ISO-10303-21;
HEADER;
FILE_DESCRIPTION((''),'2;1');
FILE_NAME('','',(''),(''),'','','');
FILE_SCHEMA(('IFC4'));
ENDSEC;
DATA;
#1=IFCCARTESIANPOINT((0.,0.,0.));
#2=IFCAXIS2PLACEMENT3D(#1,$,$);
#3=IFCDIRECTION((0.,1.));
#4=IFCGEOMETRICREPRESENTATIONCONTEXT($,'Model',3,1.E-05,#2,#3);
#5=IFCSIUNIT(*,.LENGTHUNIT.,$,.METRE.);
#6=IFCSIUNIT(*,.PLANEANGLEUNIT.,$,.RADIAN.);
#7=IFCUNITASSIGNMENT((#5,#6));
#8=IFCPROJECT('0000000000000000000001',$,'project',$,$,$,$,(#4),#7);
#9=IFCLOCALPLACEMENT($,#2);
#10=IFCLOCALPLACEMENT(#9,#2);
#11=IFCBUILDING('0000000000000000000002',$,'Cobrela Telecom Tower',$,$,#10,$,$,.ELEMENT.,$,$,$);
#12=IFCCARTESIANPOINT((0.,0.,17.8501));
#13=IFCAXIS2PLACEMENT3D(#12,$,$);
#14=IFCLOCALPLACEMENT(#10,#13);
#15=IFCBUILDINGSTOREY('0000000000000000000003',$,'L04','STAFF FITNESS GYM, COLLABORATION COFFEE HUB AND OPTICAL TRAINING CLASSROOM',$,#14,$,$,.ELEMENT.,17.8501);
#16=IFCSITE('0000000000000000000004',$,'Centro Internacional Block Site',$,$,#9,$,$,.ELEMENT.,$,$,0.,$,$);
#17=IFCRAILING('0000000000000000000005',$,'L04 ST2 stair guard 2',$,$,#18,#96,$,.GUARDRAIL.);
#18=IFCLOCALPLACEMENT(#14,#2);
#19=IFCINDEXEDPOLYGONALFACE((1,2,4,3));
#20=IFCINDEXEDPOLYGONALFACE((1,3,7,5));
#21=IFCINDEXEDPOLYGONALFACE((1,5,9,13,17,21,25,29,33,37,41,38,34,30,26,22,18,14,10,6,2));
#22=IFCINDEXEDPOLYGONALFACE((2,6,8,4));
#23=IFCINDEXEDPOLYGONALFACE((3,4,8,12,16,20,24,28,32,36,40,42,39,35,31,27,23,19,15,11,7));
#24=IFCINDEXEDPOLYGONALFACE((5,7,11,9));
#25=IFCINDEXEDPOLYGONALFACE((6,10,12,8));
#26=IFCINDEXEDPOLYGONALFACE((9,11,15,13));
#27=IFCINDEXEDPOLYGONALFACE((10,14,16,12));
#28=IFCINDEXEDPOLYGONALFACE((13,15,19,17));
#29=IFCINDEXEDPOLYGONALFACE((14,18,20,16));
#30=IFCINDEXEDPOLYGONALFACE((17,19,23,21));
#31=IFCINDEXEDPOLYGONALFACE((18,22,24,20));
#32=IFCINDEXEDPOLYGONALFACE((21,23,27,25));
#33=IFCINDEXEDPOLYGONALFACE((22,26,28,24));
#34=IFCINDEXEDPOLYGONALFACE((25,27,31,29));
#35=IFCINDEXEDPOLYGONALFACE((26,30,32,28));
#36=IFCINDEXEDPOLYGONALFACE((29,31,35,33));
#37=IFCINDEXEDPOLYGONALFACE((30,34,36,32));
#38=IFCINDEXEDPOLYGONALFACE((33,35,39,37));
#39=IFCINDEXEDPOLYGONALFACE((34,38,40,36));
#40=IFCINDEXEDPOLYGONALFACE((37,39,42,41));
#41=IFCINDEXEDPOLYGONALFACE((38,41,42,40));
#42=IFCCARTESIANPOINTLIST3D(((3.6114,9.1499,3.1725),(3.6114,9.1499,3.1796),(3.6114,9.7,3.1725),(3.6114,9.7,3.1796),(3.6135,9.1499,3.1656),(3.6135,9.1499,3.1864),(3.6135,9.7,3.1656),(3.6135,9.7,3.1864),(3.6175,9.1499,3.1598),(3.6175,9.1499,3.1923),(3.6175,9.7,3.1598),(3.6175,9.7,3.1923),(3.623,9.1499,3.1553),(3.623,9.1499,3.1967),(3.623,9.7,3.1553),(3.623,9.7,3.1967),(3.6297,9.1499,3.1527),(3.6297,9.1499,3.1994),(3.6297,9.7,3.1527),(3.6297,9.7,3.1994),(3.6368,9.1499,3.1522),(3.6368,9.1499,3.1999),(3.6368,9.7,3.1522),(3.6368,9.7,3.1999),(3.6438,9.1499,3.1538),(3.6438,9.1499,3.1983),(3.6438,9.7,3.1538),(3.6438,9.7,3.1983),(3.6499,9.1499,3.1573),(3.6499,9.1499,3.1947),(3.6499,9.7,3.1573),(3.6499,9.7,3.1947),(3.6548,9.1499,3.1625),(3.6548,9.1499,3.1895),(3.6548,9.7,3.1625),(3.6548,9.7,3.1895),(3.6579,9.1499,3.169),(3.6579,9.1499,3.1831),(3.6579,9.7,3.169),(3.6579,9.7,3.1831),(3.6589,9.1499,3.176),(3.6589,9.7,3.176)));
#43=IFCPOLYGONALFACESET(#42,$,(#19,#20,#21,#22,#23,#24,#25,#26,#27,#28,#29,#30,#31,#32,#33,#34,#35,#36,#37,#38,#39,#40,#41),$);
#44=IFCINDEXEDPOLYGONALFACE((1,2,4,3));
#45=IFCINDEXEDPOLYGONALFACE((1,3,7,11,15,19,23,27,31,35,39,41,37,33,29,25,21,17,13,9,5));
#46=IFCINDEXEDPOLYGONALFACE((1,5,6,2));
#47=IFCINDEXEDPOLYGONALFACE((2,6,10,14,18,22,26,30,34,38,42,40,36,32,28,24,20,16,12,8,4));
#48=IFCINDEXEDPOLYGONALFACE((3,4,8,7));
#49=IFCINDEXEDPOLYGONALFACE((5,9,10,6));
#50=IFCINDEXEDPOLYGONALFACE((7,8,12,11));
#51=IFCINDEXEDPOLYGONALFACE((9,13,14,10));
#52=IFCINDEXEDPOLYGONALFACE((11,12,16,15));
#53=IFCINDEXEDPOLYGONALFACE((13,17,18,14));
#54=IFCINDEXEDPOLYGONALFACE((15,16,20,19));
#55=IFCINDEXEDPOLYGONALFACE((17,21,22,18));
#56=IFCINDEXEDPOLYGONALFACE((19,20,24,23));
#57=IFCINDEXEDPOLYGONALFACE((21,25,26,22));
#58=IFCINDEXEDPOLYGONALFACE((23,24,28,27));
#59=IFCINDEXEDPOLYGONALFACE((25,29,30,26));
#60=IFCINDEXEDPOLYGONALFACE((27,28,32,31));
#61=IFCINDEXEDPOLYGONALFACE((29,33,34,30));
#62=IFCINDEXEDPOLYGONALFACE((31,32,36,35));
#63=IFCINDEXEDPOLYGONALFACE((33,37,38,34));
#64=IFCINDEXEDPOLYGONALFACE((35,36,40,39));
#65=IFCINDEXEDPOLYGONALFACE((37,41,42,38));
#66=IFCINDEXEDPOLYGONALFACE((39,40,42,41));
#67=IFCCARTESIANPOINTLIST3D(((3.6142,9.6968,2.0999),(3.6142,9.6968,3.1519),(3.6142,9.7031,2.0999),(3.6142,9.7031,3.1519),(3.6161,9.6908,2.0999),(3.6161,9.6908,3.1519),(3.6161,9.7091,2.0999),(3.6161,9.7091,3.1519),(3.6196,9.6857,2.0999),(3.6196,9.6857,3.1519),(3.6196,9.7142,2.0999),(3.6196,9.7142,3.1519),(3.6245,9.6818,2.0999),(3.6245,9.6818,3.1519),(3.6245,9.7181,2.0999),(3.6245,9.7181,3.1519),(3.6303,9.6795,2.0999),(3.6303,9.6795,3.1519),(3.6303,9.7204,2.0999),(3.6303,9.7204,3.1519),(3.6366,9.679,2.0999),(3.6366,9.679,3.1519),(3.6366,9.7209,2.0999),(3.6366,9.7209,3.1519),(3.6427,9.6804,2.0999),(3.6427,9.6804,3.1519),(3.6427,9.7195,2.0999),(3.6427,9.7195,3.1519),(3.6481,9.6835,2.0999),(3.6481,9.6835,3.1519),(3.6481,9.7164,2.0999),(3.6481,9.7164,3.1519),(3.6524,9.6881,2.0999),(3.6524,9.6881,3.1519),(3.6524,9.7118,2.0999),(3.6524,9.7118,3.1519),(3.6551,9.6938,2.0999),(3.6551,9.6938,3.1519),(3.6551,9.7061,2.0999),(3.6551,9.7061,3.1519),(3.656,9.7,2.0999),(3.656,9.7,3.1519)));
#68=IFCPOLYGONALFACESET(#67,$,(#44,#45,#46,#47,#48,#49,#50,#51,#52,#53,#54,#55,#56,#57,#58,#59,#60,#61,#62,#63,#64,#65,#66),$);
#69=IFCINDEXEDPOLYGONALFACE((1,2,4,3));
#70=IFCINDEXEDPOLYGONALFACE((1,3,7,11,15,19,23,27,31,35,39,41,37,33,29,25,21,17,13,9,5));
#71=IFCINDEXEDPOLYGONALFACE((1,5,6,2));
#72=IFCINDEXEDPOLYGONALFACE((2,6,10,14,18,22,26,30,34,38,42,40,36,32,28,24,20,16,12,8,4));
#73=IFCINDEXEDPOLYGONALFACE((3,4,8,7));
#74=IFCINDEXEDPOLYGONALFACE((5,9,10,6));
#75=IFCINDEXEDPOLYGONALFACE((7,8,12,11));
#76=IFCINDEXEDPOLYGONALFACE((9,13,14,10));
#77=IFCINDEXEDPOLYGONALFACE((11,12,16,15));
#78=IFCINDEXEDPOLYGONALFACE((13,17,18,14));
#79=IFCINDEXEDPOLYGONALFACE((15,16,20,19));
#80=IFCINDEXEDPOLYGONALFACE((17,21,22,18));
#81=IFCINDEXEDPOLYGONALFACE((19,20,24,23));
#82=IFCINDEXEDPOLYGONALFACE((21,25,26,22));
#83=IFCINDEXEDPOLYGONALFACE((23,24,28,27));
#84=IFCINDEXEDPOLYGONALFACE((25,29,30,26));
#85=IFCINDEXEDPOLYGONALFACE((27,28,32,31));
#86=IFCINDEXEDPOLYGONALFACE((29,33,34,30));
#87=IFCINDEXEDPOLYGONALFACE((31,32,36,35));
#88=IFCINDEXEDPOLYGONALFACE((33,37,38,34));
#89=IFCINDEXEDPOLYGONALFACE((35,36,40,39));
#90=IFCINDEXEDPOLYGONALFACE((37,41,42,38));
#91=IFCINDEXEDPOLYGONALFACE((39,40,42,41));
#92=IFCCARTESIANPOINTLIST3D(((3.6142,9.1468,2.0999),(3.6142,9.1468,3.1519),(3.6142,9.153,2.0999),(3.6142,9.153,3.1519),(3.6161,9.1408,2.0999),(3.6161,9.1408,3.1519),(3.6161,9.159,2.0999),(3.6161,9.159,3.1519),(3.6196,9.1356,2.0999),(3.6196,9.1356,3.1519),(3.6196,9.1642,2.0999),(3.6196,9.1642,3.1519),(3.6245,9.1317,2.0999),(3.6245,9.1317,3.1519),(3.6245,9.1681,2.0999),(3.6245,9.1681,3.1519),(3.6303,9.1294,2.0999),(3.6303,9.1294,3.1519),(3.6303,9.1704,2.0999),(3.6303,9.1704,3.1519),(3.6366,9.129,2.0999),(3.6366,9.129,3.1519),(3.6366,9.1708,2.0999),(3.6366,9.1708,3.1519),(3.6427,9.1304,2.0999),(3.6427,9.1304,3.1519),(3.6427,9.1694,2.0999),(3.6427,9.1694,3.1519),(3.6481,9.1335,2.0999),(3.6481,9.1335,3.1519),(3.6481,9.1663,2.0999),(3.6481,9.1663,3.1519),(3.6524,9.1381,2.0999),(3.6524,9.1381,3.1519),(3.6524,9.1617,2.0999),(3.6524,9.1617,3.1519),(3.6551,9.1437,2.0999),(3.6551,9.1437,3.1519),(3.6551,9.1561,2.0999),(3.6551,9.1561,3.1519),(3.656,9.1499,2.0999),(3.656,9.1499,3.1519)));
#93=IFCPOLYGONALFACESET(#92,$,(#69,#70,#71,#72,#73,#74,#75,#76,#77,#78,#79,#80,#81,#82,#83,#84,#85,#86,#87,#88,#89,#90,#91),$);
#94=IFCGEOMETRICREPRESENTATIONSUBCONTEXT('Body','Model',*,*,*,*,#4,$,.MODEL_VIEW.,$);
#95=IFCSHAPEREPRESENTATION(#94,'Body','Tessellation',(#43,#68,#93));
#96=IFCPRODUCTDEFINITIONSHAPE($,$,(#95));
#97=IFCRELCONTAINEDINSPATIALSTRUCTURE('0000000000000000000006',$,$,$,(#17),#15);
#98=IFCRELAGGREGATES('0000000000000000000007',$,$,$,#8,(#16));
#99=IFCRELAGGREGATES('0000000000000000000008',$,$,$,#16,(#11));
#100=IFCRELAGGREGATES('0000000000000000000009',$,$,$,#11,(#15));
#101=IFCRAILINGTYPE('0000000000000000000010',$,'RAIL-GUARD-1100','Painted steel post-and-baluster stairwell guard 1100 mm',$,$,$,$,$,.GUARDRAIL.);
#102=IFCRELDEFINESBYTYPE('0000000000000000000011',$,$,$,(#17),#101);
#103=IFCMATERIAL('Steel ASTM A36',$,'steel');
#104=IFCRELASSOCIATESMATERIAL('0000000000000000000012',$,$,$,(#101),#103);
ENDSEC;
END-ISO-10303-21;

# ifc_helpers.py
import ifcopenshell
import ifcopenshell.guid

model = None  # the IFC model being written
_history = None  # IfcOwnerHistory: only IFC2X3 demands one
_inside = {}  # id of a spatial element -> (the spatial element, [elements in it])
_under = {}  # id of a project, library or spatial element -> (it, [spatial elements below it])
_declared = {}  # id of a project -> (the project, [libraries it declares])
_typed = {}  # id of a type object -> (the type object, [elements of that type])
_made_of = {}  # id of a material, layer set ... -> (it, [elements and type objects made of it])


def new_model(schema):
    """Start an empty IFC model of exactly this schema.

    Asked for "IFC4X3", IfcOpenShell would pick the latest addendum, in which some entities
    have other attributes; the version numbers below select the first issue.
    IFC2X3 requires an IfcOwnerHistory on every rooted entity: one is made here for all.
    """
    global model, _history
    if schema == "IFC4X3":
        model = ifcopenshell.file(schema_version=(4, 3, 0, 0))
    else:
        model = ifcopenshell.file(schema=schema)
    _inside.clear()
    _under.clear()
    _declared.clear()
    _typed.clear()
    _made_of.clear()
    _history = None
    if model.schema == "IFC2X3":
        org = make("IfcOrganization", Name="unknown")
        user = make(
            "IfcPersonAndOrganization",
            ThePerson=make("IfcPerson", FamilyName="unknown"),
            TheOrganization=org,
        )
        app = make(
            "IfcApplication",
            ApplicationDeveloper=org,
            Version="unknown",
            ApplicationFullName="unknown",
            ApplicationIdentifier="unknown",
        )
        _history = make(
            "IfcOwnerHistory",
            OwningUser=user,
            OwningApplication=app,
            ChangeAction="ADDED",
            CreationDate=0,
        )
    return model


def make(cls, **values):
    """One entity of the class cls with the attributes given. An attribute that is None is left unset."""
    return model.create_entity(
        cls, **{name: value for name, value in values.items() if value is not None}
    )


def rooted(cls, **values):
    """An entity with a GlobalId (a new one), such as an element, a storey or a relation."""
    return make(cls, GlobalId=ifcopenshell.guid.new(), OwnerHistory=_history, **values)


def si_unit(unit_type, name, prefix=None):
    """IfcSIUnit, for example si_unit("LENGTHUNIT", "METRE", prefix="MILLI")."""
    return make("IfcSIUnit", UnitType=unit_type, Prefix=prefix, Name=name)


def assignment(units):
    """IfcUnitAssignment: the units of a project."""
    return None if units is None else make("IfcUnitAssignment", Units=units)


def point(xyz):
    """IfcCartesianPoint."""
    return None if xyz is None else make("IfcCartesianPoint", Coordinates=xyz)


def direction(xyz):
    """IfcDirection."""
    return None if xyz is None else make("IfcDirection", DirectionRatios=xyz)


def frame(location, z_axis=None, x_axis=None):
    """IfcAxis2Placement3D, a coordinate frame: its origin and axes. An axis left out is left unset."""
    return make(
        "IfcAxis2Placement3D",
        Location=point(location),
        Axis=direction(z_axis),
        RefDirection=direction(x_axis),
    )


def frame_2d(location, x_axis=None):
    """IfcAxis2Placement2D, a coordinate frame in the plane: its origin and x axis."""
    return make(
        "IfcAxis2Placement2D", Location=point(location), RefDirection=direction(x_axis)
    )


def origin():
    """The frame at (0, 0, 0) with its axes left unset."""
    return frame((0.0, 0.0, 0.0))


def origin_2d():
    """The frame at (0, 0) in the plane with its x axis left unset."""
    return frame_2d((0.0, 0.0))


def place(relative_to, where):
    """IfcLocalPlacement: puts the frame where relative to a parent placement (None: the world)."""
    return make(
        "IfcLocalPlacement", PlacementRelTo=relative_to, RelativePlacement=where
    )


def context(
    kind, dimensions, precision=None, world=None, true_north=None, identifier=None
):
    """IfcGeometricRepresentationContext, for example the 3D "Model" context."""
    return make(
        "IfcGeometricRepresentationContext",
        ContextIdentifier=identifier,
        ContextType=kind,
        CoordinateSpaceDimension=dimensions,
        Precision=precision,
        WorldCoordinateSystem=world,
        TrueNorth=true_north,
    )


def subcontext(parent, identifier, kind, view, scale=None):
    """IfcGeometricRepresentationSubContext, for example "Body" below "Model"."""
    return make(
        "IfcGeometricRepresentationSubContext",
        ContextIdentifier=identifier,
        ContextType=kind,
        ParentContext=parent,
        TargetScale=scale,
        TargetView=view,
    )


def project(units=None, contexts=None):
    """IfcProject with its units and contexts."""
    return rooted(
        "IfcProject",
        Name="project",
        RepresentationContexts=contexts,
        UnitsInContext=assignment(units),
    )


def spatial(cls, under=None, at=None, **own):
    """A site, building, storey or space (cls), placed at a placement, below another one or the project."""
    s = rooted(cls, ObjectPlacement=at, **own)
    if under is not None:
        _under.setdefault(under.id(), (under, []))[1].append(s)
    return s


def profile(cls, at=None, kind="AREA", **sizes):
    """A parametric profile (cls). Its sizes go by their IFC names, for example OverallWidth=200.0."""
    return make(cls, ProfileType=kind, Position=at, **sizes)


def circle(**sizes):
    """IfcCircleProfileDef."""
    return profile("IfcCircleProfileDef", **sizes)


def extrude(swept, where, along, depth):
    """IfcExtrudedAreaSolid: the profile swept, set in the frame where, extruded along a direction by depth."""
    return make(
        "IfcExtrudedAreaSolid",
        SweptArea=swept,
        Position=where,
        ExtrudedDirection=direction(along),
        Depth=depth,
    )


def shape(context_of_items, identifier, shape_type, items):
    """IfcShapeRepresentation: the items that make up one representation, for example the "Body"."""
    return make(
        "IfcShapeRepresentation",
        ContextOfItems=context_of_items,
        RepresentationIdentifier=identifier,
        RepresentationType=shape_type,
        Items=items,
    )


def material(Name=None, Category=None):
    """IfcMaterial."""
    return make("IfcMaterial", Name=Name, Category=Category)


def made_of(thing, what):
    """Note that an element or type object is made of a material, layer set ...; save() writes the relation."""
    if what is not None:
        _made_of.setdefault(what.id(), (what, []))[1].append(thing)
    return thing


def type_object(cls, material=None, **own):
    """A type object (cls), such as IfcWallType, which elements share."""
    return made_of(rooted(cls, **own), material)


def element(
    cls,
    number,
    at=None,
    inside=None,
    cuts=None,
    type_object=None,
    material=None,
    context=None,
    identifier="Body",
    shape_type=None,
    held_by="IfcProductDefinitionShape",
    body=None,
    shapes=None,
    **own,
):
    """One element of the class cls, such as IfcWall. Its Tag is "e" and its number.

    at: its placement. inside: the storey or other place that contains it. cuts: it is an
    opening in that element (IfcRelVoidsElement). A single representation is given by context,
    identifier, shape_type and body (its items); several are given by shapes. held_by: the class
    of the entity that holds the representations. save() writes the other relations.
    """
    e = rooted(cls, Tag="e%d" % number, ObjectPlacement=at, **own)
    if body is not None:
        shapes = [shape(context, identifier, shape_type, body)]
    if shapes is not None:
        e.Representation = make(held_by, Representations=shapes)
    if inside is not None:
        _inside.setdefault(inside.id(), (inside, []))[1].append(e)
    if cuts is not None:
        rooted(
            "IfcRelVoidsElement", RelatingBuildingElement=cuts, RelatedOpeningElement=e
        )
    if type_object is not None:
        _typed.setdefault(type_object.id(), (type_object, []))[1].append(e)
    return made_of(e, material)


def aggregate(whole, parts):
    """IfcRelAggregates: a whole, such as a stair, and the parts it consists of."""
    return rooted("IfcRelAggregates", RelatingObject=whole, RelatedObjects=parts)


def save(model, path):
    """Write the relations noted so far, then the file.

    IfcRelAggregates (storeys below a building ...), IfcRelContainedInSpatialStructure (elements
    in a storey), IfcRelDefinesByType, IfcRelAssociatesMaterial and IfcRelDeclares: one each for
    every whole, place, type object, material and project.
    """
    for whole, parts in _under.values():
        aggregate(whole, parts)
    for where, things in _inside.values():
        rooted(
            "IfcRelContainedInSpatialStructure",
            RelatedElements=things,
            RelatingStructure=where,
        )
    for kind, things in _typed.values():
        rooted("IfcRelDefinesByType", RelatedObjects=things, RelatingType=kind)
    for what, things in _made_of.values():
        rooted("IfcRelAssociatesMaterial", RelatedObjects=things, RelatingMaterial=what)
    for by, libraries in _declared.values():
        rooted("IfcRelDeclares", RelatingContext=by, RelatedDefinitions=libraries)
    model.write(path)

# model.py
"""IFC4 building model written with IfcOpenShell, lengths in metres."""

from ifc_helpers import new_model, si_unit, direction, frame, origin, origin_2d, place, context, subcontext, project, spatial, circle, extrude, material, type_object, element, save


model = new_model("IFC4")

# Units and contexts
model_context = context("Model", 3, precision=1e-05, world=origin(), true_north=direction((0.0, 1.0)))
body_context = subcontext(model_context, "Body", "Model", "MODEL_VIEW")
ifc_project = project(units=[si_unit("LENGTHUNIT", "METRE"), si_unit("PLANEANGLEUNIT", "RADIAN")], contexts=[model_context])

# Site, building, storey
site_placement = place(None, origin())
site = spatial("IfcSite", under=ifc_project, at=site_placement, Name="Centro Internacional Block Site", CompositionType="ELEMENT", RefElevation=0.0)
building_placement = place(site_placement, origin())
building = spatial("IfcBuilding", under=site, at=building_placement, Name="Cobrela Telecom Tower", CompositionType="ELEMENT")
storey_placement = place(building_placement, frame((0.0, 0.0, 17.8501)))
storey = spatial("IfcBuildingStorey", under=building, at=storey_placement, Name="L04", Description="STAFF FITNESS GYM, COLLABORATION COFFEE HUB AND OPTICAL TRAINING CLASSROOM", CompositionType="ELEMENT", Elevation=17.8501)

# Railing
ifc_material_1 = material(Name="Steel ASTM A36", Category="steel")
railing_type_1 = type_object("IfcRailingType", Name="RAIL-GUARD-1100", Description="Painted steel post-and-baluster stairwell guard 1100 mm", PredefinedType="GUARDRAIL", material=ifc_material_1)
railing_1_placement = place(storey_placement, frame((3.635, 9.7, 2.0999)))
element("IfcRailing", 1, at=railing_1_placement, inside=storey, type_object=railing_type_1, Name="L04 ST2 stair guard 2", PredefinedType="GUARDRAIL", context=body_context, shape_type="SweptSolid", body=[
    extrude(circle(Radius=0.0239, at=origin_2d()), frame((0.0, 0.0, 1.0762), z_axis=(0.0, -1.0, 0.0), x_axis=(1.0, 0.0, 0.0)), (0.0, 0.0, 1.0), 0.55),
    extrude(circle(Radius=0.021, at=origin_2d()), origin(), (0.0, 0.0, 1.0), 1.052),
    extrude(circle(Radius=0.021, at=origin_2d()), frame((0.0, -0.55, 0.0)), (0.0, 0.0, 1.0), 1.052),
])

save(model, "model.ifc")
